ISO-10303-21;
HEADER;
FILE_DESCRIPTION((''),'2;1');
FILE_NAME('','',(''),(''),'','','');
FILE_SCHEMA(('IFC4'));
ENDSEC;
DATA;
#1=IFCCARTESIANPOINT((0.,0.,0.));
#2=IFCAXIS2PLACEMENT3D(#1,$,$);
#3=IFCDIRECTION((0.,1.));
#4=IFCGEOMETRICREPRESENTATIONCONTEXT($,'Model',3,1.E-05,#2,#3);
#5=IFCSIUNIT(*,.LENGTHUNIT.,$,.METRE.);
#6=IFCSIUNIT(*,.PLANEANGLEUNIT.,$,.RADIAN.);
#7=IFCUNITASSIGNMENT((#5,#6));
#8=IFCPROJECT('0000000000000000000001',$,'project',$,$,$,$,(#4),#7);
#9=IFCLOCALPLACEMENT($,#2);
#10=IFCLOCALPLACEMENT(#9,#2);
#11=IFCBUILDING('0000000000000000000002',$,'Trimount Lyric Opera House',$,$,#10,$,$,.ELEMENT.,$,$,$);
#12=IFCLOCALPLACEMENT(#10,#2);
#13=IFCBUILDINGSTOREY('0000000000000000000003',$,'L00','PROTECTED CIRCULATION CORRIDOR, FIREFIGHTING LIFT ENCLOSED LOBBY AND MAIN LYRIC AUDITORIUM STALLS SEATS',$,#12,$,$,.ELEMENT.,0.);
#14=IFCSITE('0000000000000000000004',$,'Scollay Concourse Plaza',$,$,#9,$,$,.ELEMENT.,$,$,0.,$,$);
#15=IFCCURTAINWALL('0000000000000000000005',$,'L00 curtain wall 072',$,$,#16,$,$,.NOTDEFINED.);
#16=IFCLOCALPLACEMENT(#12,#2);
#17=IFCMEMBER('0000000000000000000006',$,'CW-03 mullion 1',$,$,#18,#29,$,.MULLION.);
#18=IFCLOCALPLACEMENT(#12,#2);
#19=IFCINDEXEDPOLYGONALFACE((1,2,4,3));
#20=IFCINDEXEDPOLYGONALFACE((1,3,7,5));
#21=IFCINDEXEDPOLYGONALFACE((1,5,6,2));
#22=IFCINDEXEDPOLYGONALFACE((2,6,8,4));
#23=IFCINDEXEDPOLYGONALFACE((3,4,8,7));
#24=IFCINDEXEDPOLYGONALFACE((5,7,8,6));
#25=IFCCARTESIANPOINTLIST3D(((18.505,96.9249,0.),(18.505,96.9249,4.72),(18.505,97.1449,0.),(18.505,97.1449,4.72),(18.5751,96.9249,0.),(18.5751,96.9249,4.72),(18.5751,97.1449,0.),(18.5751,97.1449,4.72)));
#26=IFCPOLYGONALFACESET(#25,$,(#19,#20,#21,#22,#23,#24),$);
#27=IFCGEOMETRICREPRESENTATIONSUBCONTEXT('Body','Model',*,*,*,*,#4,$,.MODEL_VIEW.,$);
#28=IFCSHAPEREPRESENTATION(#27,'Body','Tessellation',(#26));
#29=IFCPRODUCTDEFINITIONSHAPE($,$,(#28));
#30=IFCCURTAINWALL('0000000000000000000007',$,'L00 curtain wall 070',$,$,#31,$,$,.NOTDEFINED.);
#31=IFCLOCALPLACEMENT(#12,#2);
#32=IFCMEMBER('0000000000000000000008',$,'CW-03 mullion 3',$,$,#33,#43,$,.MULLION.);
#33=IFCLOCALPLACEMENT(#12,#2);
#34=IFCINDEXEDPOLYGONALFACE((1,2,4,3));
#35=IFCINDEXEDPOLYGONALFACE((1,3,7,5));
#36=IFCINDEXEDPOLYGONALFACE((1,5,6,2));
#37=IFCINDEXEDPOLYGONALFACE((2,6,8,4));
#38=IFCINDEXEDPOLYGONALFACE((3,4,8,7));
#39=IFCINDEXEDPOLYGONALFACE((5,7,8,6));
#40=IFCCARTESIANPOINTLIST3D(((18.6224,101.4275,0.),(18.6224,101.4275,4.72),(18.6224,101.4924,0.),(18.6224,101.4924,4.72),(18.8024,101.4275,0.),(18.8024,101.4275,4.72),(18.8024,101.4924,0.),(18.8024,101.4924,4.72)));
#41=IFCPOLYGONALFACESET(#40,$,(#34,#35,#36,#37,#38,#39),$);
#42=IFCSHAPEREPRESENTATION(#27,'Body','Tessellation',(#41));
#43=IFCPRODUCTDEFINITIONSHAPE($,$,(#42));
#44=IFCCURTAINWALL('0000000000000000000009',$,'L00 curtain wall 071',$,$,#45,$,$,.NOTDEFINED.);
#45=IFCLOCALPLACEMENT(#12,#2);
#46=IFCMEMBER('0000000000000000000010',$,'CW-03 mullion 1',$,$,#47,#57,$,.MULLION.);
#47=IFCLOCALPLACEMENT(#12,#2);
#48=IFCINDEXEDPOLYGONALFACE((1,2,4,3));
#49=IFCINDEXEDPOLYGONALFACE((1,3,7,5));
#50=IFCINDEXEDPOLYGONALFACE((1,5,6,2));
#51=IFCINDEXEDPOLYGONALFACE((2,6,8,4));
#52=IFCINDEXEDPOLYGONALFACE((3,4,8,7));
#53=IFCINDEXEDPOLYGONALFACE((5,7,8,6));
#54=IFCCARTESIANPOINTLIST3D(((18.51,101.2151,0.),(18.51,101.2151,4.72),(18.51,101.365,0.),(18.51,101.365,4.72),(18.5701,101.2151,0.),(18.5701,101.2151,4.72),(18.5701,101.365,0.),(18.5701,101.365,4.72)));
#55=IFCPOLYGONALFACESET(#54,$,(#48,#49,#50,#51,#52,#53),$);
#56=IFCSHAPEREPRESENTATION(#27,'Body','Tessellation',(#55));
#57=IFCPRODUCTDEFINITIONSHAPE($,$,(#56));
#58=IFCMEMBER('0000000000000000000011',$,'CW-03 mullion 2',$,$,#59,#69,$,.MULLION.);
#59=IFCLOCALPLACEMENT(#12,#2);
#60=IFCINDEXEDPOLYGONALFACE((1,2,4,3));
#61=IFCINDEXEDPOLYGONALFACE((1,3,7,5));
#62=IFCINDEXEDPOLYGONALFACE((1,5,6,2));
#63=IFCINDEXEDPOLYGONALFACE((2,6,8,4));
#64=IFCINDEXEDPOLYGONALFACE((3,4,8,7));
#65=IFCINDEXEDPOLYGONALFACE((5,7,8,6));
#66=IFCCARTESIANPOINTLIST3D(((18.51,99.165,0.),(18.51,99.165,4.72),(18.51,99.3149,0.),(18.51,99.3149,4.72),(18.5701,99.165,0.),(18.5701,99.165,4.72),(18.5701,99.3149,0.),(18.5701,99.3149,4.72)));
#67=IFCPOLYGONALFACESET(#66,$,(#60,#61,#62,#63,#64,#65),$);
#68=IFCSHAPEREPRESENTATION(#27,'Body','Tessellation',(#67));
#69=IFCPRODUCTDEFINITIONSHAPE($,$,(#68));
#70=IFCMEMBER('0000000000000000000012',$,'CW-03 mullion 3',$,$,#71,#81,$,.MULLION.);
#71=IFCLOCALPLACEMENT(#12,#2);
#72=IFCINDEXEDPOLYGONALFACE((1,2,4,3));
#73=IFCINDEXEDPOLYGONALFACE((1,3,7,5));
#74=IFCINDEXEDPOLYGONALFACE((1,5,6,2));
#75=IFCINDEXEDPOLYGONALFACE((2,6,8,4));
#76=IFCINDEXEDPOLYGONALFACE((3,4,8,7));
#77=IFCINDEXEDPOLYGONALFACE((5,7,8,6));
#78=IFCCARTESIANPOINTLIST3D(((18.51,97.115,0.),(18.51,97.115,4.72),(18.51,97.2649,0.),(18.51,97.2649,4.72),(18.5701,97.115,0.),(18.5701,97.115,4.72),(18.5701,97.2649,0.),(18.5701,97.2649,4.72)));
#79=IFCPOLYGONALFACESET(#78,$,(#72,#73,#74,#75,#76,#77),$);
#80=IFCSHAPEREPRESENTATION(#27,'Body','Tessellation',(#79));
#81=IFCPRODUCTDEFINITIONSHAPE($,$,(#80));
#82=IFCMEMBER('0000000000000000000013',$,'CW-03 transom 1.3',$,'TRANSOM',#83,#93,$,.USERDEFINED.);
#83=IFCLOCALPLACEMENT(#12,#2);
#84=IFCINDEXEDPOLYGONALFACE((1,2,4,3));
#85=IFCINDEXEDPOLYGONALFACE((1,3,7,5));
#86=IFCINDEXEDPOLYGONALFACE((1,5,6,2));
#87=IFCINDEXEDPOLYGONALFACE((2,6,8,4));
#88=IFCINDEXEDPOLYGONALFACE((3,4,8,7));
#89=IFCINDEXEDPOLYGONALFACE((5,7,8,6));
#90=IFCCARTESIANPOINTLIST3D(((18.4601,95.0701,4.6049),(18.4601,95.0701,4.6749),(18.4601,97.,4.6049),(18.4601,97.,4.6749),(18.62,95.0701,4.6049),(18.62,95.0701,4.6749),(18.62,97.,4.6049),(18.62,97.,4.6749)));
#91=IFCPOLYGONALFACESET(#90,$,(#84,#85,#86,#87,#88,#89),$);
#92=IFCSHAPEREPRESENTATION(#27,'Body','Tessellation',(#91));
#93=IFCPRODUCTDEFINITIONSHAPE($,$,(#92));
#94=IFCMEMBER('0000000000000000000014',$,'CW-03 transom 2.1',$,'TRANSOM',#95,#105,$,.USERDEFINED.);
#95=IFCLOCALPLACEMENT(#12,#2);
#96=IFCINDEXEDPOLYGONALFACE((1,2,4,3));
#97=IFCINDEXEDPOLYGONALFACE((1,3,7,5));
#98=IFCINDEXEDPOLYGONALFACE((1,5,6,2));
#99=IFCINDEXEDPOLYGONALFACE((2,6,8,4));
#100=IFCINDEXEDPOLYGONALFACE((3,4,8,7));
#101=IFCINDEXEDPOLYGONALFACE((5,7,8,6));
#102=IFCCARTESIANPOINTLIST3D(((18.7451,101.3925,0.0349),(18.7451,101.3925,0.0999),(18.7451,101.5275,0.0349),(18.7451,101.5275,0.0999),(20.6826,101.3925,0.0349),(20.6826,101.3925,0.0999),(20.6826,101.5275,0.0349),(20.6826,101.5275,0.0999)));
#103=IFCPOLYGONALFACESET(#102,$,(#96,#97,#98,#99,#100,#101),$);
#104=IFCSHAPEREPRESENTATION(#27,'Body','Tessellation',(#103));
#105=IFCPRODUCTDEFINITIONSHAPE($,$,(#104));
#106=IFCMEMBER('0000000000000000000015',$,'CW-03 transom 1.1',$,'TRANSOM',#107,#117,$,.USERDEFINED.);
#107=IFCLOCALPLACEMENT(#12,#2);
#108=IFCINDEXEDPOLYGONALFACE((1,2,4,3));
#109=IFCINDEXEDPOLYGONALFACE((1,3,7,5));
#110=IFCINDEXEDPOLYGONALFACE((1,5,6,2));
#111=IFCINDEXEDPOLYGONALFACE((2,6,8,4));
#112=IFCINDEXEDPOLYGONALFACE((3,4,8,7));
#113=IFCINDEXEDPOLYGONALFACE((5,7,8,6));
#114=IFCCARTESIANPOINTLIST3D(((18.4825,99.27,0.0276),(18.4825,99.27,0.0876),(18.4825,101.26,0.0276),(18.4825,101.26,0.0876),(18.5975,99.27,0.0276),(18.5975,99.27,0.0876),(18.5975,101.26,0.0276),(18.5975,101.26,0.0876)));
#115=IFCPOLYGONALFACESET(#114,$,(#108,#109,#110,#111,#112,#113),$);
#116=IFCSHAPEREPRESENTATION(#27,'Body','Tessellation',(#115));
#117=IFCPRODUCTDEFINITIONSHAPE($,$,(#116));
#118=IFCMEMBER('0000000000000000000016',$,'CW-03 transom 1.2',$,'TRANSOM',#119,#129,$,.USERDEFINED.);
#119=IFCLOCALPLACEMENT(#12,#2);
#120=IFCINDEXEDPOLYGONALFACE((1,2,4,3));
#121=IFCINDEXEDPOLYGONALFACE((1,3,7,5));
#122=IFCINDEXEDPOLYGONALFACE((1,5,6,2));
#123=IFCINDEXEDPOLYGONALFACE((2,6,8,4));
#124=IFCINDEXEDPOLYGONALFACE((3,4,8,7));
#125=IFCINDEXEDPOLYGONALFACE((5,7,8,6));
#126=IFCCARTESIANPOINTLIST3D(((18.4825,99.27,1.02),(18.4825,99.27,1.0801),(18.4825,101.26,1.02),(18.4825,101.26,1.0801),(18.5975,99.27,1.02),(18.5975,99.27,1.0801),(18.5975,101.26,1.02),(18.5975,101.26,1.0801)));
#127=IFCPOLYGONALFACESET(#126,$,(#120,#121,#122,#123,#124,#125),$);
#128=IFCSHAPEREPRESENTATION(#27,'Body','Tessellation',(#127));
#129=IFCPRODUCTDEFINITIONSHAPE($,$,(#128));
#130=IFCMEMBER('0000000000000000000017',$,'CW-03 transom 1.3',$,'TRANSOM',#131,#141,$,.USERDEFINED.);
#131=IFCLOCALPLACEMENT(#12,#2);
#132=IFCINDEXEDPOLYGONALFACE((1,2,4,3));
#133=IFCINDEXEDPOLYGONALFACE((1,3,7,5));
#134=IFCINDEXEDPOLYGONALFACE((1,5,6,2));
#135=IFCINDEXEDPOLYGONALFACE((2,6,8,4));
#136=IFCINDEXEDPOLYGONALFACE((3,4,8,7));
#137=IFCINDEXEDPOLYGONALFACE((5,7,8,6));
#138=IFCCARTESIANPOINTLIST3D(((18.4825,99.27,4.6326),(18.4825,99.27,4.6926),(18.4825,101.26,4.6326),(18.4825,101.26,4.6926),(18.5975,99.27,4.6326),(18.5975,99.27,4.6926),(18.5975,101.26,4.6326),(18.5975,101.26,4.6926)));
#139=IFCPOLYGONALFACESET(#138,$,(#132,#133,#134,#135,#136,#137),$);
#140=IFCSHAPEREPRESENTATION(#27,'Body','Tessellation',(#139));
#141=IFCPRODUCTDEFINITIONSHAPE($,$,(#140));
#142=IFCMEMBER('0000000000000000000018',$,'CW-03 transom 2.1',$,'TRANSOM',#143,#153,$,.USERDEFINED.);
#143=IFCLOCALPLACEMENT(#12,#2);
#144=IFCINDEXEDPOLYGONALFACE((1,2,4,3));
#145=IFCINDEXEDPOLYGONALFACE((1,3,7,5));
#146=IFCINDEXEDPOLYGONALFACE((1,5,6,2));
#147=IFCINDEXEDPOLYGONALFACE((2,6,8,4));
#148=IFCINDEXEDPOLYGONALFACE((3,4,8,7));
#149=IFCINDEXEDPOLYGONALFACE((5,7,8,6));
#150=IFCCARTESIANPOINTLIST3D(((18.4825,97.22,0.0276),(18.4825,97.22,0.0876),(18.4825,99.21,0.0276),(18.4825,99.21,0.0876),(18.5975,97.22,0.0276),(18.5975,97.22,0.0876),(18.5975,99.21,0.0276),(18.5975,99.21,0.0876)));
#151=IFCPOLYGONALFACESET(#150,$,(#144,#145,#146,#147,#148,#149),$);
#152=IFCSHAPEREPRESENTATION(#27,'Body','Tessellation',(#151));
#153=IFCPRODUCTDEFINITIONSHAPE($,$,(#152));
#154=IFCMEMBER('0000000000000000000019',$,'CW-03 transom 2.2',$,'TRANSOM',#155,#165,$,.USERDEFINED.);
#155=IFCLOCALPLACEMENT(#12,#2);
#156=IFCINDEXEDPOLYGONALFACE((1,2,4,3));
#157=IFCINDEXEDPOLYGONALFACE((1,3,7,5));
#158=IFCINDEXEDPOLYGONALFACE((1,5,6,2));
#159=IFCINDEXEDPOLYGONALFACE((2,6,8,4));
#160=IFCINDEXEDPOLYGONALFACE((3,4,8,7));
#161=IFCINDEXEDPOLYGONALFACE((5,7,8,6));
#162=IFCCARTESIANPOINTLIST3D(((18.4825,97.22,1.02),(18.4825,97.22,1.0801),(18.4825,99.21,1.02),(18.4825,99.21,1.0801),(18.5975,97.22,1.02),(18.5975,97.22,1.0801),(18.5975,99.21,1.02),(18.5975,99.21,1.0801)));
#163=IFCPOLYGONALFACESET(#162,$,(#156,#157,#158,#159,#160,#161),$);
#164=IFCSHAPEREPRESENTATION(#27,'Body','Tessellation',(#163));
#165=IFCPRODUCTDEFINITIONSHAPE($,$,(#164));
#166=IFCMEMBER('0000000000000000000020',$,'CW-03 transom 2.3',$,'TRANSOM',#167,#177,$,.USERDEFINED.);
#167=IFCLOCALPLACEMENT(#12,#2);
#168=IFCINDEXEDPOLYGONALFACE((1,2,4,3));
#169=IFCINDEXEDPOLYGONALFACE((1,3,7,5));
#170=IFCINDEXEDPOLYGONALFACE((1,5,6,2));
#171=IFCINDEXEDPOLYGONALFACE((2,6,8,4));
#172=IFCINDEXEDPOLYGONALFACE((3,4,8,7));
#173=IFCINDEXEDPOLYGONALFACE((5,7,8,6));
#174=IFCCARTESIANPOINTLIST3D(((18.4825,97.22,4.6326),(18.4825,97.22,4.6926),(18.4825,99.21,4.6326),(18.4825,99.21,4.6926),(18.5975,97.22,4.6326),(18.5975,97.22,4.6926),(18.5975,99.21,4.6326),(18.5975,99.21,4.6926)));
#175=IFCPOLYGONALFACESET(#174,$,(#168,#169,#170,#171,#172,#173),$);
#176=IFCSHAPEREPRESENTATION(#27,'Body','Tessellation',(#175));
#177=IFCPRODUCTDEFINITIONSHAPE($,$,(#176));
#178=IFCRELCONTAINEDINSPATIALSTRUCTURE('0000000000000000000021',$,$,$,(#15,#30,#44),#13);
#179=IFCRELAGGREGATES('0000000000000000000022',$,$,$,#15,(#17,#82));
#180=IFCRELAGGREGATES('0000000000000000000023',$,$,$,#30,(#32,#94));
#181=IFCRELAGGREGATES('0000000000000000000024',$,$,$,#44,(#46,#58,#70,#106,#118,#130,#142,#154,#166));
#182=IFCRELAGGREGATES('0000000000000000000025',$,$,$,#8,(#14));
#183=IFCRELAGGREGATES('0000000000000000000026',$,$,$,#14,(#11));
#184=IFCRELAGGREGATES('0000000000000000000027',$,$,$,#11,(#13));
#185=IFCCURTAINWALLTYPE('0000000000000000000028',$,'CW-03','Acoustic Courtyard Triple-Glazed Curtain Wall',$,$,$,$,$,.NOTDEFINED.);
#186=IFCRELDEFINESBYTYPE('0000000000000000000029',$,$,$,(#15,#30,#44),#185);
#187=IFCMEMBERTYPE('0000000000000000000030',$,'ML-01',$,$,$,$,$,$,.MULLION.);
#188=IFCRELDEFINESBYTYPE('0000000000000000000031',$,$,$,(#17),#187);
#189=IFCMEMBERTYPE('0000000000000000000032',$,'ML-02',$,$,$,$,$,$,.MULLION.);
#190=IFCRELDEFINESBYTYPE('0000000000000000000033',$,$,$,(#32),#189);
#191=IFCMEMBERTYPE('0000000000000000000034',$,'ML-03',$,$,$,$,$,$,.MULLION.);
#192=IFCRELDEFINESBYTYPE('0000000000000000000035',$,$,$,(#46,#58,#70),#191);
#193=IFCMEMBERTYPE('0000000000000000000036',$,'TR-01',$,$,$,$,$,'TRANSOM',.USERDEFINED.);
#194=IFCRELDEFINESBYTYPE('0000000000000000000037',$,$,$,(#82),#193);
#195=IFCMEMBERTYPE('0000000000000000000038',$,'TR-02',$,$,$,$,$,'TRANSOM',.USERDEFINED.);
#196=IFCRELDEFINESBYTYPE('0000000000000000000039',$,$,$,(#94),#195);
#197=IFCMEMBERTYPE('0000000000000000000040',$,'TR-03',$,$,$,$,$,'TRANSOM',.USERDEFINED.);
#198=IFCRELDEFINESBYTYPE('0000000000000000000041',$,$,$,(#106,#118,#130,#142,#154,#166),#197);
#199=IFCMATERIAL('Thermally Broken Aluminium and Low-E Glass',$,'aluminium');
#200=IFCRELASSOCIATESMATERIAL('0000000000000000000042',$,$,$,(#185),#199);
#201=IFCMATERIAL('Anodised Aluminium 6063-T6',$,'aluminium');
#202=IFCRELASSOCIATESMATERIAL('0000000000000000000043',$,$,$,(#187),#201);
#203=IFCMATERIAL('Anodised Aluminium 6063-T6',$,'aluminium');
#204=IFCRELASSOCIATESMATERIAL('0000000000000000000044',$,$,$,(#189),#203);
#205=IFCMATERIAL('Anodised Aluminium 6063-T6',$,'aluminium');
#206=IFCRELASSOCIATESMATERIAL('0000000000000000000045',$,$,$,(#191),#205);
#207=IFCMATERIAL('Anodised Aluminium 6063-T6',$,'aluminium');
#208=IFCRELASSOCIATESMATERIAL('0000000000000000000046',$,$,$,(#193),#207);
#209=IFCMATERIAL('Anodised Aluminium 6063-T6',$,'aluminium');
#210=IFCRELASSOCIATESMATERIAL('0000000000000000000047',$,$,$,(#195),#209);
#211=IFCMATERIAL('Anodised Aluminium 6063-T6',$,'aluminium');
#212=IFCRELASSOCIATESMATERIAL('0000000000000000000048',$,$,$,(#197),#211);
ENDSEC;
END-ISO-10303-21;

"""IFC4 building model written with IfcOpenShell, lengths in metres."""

from ifc_helpers import new_model, si_unit, direction, frame, origin, origin_2d, place, context, subcontext, project, spatial, rectangle, extrude, material, material_profile, profile_set, type_object, element, aggregate, save


model = new_model("IFC4")

# Units and contexts
model_context = context("Model", 3, precision=1e-05, world=origin(), true_north=direction((0.0, 1.0)))
body_context = subcontext(model_context, "Body", "Model", "MODEL_VIEW")
ifc_project = project(units=[si_unit("LENGTHUNIT", "METRE"), si_unit("PLANEANGLEUNIT", "RADIAN")], contexts=[model_context])

# Site, building, storey
site_placement = place(None, origin())
site = spatial("IfcSite", under=ifc_project, at=site_placement, Name="Scollay Concourse Plaza", CompositionType="ELEMENT", RefElevation=0.0)
building_placement = place(site_placement, origin())
building = spatial("IfcBuilding", under=site, at=building_placement, Name="Trimount Lyric Opera House", CompositionType="ELEMENT")
storey_placement = place(building_placement, origin())
storey = spatial("IfcBuildingStorey", under=building, at=storey_placement, Name="L00", Description="PROTECTED CIRCULATION CORRIDOR, FIREFIGHTING LIFT ENCLOSED LOBBY AND MAIN LYRIC AUDITORIUM STALLS SEATS", CompositionType="ELEMENT", Elevation=0.0)

# Curtain walls, members
ifc_material_1 = material(Name="Thermally Broken Aluminium and Low-E Glass", Category="aluminium")
curtain_wall_type = type_object("IfcCurtainWallType", Name="CW-03", Description="Acoustic Courtyard Triple-Glazed Curtain Wall", PredefinedType="NOTDEFINED", material=ifc_material_1)
curtain_wall_1_placement = place(storey_placement, origin())
curtain_wall_1 = element("IfcCurtainWall", 1, at=curtain_wall_1_placement, inside=storey, type_object=curtain_wall_type, Name="L00 curtain wall 072", PredefinedType="NOTDEFINED")
ifc_material_2 = material(Name="Anodised Aluminium 6063-T6", Category="aluminium")
ifc_material_profile_1 = material_profile(ifc_material_2, rectangle(XDim=0.0701, YDim=0.22, at=origin_2d()), Name="ALU-MULL-70X220")
ifc_profile_set_1 = profile_set([ifc_material_profile_1], Name="Anodised Aluminium 6063-T6")
member_type_1 = type_object("IfcMemberType", Name="ML-01", PredefinedType="MULLION", material=ifc_profile_set_1)
member_1_placement = place(storey_placement, frame((18.54, 97.0349, 0.0), z_axis=(0.0, 0.0, 1.0), x_axis=(1.0, 0.0, 0.0)))
member_1 = element("IfcMember", 2, at=member_1_placement, type_object=member_type_1, Name="CW-03 mullion 1", PredefinedType="MULLION", context=body_context, shape_type="SweptSolid", body=[
    extrude(rectangle(XDim=0.0701, YDim=0.22, at=origin_2d()), origin(), (0.0, 0.0, 1.0), 4.72),
])
curtain_wall_2_placement = place(storey_placement, origin())
curtain_wall_2 = element("IfcCurtainWall", 3, at=curtain_wall_2_placement, inside=storey, type_object=curtain_wall_type, Name="L00 curtain wall 070", PredefinedType="NOTDEFINED")
ifc_material_3 = material(Name="Anodised Aluminium 6063-T6", Category="aluminium")
ifc_material_profile_2 = material_profile(ifc_material_3, rectangle(XDim=0.0649, YDim=0.1799, at=origin_2d()), Name="ALU-MULL-65X180")
ifc_profile_set_2 = profile_set([ifc_material_profile_2], Name="Anodised Aluminium 6063-T6")
member_type_2 = type_object("IfcMemberType", Name="ML-02", PredefinedType="MULLION", material=ifc_profile_set_2)
member_2_placement = place(storey_placement, frame((18.7124, 101.46, 0.0), z_axis=(0.0, 0.0, 1.0), x_axis=(0.0, -1.0, 0.0)))
member_2 = element("IfcMember", 4, at=member_2_placement, type_object=member_type_2, Name="CW-03 mullion 3", PredefinedType="MULLION", context=body_context, shape_type="SweptSolid", body=[
    extrude(rectangle(XDim=0.0649, YDim=0.1799, at=origin_2d()), origin(), (0.0, 0.0, 1.0), 4.72),
])

# Curtain wall, members
curtain_wall_3_placement = place(storey_placement, origin())
curtain_wall_3 = element("IfcCurtainWall", 5, at=curtain_wall_3_placement, inside=storey, type_object=curtain_wall_type, Name="L00 curtain wall 071", PredefinedType="NOTDEFINED")
ifc_material_4 = material(Name="Anodised Aluminium 6063-T6", Category="aluminium")
ifc_material_profile_3 = material_profile(ifc_material_4, rectangle(XDim=0.0601, YDim=0.1499, at=origin_2d()), Name="ALU-MULL-60X150")
ifc_profile_set_3 = profile_set([ifc_material_profile_3], Name="Anodised Aluminium 6063-T6")
member_type_3 = type_object("IfcMemberType", Name="ML-03", PredefinedType="MULLION", material=ifc_profile_set_3)
member_3_placement = place(storey_placement, frame((18.54, 101.29, 0.0), z_axis=(0.0, 0.0, 1.0), x_axis=(1.0, 0.0, 0.0)))
member_3 = element("IfcMember", 6, at=member_3_placement, type_object=member_type_3, Name="CW-03 mullion 1", PredefinedType="MULLION", context=body_context, shape_type="SweptSolid", body=[
    extrude(rectangle(XDim=0.0601, YDim=0.1499, at=origin_2d()), origin(), (0.0, 0.0, 1.0), 4.72),
])
member_4_placement = place(storey_placement, frame((18.54, 99.24, 0.0), z_axis=(0.0, 0.0, 1.0), x_axis=(1.0, 0.0, 0.0)))
member_4 = element("IfcMember", 7, at=member_4_placement, type_object=member_type_3, Name="CW-03 mullion 2", PredefinedType="MULLION", context=body_context, shape_type="SweptSolid", body=[
    extrude(rectangle(XDim=0.0601, YDim=0.1499, at=origin_2d()), origin(), (0.0, 0.0, 1.0), 4.72),
])
member_5_placement = place(storey_placement, frame((18.54, 97.1899, 0.0), z_axis=(0.0, 0.0, 1.0), x_axis=(1.0, 0.0, 0.0)))
member_5 = element("IfcMember", 8, at=member_5_placement, type_object=member_type_3, Name="CW-03 mullion 3", PredefinedType="MULLION", context=body_context, shape_type="SweptSolid", body=[
    extrude(rectangle(XDim=0.0601, YDim=0.1499, at=origin_2d()), origin(), (0.0, 0.0, 1.0), 4.72),
])

# Members
ifc_material_5 = material(Name="Anodised Aluminium 6063-T6", Category="aluminium")
ifc_material_profile_4 = material_profile(ifc_material_5, rectangle(XDim=0.1599, YDim=0.0701, at=origin_2d()), Name="ALU-TRAN-70X160")
ifc_profile_set_4 = profile_set([ifc_material_profile_4], Name="Anodised Aluminium 6063-T6")
member_type_4 = type_object("IfcMemberType", Name="TR-01", ElementType="TRANSOM", PredefinedType="USERDEFINED", material=ifc_profile_set_4)
member_6_placement = place(storey_placement, frame((18.54, 97.0, 4.6399), z_axis=(0.0, -1.0, 0.0), x_axis=(1.0, 0.0, 0.0)))
member_6 = element("IfcMember", 9, at=member_6_placement, type_object=member_type_4, Name="CW-03 transom 1.3", ObjectType="TRANSOM", PredefinedType="USERDEFINED", context=body_context, shape_type="SweptSolid", body=[
    extrude(rectangle(XDim=0.1599, YDim=0.0701, at=origin_2d()), origin(), (0.0, 0.0, 1.0), 1.9299),
])
aggregate(curtain_wall_1, [member_1, member_6])
ifc_material_6 = material(Name="Anodised Aluminium 6063-T6", Category="aluminium")
ifc_material_profile_5 = material_profile(ifc_material_6, rectangle(XDim=0.135, YDim=0.0649, at=origin_2d()), Name="ALU-TRAN-65X135")
ifc_profile_set_5 = profile_set([ifc_material_profile_5], Name="Anodised Aluminium 6063-T6")
member_type_5 = type_object("IfcMemberType", Name="TR-02", ElementType="TRANSOM", PredefinedType="USERDEFINED", material=ifc_profile_set_5)
member_7_placement = place(storey_placement, frame((20.6826, 101.46, 0.0674), z_axis=(-1.0, 0.0, 0.0), x_axis=(0.0, -1.0, 0.0)))
member_7 = element("IfcMember", 10, at=member_7_placement, type_object=member_type_5, Name="CW-03 transom 2.1", ObjectType="TRANSOM", PredefinedType="USERDEFINED", context=body_context, shape_type="SweptSolid", body=[
    extrude(rectangle(XDim=0.135, YDim=0.0649, at=origin_2d()), origin(), (0.0, 0.0, 1.0), 1.9375),
])
ifc_material_7 = material(Name="Anodised Aluminium 6063-T6", Category="aluminium")
ifc_material_profile_6 = material_profile(ifc_material_7, rectangle(XDim=0.115, YDim=0.0601, at=origin_2d()), Name="ALU-TRAN-60X115")
ifc_profile_set_6 = profile_set([ifc_material_profile_6], Name="Anodised Aluminium 6063-T6")
member_type_6 = type_object("IfcMemberType", Name="TR-03", ElementType="TRANSOM", PredefinedType="USERDEFINED", material=ifc_profile_set_6)
member_8_placement = place(storey_placement, frame((18.54, 101.26, 0.0576), z_axis=(0.0, -1.0, 0.0), x_axis=(1.0, 0.0, 0.0)))
member_8 = element("IfcMember", 11, at=member_8_placement, type_object=member_type_6, Name="CW-03 transom 1.1", ObjectType="TRANSOM", PredefinedType="USERDEFINED", context=body_context, shape_type="SweptSolid", body=[
    extrude(rectangle(XDim=0.115, YDim=0.0601, at=origin_2d()), origin(), (0.0, 0.0, 1.0), 1.99),
])
member_9_placement = place(storey_placement, frame((18.54, 101.26, 1.05), z_axis=(0.0, -1.0, 0.0), x_axis=(1.0, 0.0, 0.0)))
member_9 = element("IfcMember", 12, at=member_9_placement, type_object=member_type_6, Name="CW-03 transom 1.2", ObjectType="TRANSOM", PredefinedType="USERDEFINED", context=body_context, shape_type="SweptSolid", body=[
    extrude(rectangle(XDim=0.115, YDim=0.0601, at=origin_2d()), origin(), (0.0, 0.0, 1.0), 1.99),
])
member_10_placement = place(storey_placement, frame((18.54, 101.26, 4.6626), z_axis=(0.0, -1.0, 0.0), x_axis=(1.0, 0.0, 0.0)))
member_10 = element("IfcMember", 13, at=member_10_placement, type_object=member_type_6, Name="CW-03 transom 1.3", ObjectType="TRANSOM", PredefinedType="USERDEFINED", context=body_context, shape_type="SweptSolid", body=[
    extrude(rectangle(XDim=0.115, YDim=0.0601, at=origin_2d()), origin(), (0.0, 0.0, 1.0), 1.99),
])
member_11_placement = place(storey_placement, frame((18.54, 99.21, 0.0576), z_axis=(0.0, -1.0, 0.0), x_axis=(1.0, 0.0, 0.0)))
member_11 = element("IfcMember", 14, at=member_11_placement, type_object=member_type_6, Name="CW-03 transom 2.1", ObjectType="TRANSOM", PredefinedType="USERDEFINED", context=body_context, shape_type="SweptSolid", body=[
    extrude(rectangle(XDim=0.115, YDim=0.0601, at=origin_2d()), origin(), (0.0, 0.0, 1.0), 1.99),
])
member_12_placement = place(storey_placement, frame((18.54, 99.21, 1.05), z_axis=(0.0, -1.0, 0.0), x_axis=(1.0, 0.0, 0.0)))
member_12 = element("IfcMember", 15, at=member_12_placement, type_object=member_type_6, Name="CW-03 transom 2.2", ObjectType="TRANSOM", PredefinedType="USERDEFINED", context=body_context, shape_type="SweptSolid", body=[
    extrude(rectangle(XDim=0.115, YDim=0.0601, at=origin_2d()), origin(), (0.0, 0.0, 1.0), 1.99),
])
member_13_placement = place(storey_placement, frame((18.54, 99.21, 4.6626), z_axis=(0.0, -1.0, 0.0), x_axis=(1.0, 0.0, 0.0)))
member_13 = element("IfcMember", 16, at=member_13_placement, type_object=member_type_6, Name="CW-03 transom 2.3", ObjectType="TRANSOM", PredefinedType="USERDEFINED", context=body_context, shape_type="SweptSolid", body=[
    extrude(rectangle(XDim=0.115, YDim=0.0601, at=origin_2d()), origin(), (0.0, 0.0, 1.0), 1.99),
])

aggregate(curtain_wall_2, [member_2, member_7])
aggregate(curtain_wall_3, [member_3, member_4, member_5, member_8, member_9, member_10, member_11, member_12, member_13])

save(model, "model.ifc")
